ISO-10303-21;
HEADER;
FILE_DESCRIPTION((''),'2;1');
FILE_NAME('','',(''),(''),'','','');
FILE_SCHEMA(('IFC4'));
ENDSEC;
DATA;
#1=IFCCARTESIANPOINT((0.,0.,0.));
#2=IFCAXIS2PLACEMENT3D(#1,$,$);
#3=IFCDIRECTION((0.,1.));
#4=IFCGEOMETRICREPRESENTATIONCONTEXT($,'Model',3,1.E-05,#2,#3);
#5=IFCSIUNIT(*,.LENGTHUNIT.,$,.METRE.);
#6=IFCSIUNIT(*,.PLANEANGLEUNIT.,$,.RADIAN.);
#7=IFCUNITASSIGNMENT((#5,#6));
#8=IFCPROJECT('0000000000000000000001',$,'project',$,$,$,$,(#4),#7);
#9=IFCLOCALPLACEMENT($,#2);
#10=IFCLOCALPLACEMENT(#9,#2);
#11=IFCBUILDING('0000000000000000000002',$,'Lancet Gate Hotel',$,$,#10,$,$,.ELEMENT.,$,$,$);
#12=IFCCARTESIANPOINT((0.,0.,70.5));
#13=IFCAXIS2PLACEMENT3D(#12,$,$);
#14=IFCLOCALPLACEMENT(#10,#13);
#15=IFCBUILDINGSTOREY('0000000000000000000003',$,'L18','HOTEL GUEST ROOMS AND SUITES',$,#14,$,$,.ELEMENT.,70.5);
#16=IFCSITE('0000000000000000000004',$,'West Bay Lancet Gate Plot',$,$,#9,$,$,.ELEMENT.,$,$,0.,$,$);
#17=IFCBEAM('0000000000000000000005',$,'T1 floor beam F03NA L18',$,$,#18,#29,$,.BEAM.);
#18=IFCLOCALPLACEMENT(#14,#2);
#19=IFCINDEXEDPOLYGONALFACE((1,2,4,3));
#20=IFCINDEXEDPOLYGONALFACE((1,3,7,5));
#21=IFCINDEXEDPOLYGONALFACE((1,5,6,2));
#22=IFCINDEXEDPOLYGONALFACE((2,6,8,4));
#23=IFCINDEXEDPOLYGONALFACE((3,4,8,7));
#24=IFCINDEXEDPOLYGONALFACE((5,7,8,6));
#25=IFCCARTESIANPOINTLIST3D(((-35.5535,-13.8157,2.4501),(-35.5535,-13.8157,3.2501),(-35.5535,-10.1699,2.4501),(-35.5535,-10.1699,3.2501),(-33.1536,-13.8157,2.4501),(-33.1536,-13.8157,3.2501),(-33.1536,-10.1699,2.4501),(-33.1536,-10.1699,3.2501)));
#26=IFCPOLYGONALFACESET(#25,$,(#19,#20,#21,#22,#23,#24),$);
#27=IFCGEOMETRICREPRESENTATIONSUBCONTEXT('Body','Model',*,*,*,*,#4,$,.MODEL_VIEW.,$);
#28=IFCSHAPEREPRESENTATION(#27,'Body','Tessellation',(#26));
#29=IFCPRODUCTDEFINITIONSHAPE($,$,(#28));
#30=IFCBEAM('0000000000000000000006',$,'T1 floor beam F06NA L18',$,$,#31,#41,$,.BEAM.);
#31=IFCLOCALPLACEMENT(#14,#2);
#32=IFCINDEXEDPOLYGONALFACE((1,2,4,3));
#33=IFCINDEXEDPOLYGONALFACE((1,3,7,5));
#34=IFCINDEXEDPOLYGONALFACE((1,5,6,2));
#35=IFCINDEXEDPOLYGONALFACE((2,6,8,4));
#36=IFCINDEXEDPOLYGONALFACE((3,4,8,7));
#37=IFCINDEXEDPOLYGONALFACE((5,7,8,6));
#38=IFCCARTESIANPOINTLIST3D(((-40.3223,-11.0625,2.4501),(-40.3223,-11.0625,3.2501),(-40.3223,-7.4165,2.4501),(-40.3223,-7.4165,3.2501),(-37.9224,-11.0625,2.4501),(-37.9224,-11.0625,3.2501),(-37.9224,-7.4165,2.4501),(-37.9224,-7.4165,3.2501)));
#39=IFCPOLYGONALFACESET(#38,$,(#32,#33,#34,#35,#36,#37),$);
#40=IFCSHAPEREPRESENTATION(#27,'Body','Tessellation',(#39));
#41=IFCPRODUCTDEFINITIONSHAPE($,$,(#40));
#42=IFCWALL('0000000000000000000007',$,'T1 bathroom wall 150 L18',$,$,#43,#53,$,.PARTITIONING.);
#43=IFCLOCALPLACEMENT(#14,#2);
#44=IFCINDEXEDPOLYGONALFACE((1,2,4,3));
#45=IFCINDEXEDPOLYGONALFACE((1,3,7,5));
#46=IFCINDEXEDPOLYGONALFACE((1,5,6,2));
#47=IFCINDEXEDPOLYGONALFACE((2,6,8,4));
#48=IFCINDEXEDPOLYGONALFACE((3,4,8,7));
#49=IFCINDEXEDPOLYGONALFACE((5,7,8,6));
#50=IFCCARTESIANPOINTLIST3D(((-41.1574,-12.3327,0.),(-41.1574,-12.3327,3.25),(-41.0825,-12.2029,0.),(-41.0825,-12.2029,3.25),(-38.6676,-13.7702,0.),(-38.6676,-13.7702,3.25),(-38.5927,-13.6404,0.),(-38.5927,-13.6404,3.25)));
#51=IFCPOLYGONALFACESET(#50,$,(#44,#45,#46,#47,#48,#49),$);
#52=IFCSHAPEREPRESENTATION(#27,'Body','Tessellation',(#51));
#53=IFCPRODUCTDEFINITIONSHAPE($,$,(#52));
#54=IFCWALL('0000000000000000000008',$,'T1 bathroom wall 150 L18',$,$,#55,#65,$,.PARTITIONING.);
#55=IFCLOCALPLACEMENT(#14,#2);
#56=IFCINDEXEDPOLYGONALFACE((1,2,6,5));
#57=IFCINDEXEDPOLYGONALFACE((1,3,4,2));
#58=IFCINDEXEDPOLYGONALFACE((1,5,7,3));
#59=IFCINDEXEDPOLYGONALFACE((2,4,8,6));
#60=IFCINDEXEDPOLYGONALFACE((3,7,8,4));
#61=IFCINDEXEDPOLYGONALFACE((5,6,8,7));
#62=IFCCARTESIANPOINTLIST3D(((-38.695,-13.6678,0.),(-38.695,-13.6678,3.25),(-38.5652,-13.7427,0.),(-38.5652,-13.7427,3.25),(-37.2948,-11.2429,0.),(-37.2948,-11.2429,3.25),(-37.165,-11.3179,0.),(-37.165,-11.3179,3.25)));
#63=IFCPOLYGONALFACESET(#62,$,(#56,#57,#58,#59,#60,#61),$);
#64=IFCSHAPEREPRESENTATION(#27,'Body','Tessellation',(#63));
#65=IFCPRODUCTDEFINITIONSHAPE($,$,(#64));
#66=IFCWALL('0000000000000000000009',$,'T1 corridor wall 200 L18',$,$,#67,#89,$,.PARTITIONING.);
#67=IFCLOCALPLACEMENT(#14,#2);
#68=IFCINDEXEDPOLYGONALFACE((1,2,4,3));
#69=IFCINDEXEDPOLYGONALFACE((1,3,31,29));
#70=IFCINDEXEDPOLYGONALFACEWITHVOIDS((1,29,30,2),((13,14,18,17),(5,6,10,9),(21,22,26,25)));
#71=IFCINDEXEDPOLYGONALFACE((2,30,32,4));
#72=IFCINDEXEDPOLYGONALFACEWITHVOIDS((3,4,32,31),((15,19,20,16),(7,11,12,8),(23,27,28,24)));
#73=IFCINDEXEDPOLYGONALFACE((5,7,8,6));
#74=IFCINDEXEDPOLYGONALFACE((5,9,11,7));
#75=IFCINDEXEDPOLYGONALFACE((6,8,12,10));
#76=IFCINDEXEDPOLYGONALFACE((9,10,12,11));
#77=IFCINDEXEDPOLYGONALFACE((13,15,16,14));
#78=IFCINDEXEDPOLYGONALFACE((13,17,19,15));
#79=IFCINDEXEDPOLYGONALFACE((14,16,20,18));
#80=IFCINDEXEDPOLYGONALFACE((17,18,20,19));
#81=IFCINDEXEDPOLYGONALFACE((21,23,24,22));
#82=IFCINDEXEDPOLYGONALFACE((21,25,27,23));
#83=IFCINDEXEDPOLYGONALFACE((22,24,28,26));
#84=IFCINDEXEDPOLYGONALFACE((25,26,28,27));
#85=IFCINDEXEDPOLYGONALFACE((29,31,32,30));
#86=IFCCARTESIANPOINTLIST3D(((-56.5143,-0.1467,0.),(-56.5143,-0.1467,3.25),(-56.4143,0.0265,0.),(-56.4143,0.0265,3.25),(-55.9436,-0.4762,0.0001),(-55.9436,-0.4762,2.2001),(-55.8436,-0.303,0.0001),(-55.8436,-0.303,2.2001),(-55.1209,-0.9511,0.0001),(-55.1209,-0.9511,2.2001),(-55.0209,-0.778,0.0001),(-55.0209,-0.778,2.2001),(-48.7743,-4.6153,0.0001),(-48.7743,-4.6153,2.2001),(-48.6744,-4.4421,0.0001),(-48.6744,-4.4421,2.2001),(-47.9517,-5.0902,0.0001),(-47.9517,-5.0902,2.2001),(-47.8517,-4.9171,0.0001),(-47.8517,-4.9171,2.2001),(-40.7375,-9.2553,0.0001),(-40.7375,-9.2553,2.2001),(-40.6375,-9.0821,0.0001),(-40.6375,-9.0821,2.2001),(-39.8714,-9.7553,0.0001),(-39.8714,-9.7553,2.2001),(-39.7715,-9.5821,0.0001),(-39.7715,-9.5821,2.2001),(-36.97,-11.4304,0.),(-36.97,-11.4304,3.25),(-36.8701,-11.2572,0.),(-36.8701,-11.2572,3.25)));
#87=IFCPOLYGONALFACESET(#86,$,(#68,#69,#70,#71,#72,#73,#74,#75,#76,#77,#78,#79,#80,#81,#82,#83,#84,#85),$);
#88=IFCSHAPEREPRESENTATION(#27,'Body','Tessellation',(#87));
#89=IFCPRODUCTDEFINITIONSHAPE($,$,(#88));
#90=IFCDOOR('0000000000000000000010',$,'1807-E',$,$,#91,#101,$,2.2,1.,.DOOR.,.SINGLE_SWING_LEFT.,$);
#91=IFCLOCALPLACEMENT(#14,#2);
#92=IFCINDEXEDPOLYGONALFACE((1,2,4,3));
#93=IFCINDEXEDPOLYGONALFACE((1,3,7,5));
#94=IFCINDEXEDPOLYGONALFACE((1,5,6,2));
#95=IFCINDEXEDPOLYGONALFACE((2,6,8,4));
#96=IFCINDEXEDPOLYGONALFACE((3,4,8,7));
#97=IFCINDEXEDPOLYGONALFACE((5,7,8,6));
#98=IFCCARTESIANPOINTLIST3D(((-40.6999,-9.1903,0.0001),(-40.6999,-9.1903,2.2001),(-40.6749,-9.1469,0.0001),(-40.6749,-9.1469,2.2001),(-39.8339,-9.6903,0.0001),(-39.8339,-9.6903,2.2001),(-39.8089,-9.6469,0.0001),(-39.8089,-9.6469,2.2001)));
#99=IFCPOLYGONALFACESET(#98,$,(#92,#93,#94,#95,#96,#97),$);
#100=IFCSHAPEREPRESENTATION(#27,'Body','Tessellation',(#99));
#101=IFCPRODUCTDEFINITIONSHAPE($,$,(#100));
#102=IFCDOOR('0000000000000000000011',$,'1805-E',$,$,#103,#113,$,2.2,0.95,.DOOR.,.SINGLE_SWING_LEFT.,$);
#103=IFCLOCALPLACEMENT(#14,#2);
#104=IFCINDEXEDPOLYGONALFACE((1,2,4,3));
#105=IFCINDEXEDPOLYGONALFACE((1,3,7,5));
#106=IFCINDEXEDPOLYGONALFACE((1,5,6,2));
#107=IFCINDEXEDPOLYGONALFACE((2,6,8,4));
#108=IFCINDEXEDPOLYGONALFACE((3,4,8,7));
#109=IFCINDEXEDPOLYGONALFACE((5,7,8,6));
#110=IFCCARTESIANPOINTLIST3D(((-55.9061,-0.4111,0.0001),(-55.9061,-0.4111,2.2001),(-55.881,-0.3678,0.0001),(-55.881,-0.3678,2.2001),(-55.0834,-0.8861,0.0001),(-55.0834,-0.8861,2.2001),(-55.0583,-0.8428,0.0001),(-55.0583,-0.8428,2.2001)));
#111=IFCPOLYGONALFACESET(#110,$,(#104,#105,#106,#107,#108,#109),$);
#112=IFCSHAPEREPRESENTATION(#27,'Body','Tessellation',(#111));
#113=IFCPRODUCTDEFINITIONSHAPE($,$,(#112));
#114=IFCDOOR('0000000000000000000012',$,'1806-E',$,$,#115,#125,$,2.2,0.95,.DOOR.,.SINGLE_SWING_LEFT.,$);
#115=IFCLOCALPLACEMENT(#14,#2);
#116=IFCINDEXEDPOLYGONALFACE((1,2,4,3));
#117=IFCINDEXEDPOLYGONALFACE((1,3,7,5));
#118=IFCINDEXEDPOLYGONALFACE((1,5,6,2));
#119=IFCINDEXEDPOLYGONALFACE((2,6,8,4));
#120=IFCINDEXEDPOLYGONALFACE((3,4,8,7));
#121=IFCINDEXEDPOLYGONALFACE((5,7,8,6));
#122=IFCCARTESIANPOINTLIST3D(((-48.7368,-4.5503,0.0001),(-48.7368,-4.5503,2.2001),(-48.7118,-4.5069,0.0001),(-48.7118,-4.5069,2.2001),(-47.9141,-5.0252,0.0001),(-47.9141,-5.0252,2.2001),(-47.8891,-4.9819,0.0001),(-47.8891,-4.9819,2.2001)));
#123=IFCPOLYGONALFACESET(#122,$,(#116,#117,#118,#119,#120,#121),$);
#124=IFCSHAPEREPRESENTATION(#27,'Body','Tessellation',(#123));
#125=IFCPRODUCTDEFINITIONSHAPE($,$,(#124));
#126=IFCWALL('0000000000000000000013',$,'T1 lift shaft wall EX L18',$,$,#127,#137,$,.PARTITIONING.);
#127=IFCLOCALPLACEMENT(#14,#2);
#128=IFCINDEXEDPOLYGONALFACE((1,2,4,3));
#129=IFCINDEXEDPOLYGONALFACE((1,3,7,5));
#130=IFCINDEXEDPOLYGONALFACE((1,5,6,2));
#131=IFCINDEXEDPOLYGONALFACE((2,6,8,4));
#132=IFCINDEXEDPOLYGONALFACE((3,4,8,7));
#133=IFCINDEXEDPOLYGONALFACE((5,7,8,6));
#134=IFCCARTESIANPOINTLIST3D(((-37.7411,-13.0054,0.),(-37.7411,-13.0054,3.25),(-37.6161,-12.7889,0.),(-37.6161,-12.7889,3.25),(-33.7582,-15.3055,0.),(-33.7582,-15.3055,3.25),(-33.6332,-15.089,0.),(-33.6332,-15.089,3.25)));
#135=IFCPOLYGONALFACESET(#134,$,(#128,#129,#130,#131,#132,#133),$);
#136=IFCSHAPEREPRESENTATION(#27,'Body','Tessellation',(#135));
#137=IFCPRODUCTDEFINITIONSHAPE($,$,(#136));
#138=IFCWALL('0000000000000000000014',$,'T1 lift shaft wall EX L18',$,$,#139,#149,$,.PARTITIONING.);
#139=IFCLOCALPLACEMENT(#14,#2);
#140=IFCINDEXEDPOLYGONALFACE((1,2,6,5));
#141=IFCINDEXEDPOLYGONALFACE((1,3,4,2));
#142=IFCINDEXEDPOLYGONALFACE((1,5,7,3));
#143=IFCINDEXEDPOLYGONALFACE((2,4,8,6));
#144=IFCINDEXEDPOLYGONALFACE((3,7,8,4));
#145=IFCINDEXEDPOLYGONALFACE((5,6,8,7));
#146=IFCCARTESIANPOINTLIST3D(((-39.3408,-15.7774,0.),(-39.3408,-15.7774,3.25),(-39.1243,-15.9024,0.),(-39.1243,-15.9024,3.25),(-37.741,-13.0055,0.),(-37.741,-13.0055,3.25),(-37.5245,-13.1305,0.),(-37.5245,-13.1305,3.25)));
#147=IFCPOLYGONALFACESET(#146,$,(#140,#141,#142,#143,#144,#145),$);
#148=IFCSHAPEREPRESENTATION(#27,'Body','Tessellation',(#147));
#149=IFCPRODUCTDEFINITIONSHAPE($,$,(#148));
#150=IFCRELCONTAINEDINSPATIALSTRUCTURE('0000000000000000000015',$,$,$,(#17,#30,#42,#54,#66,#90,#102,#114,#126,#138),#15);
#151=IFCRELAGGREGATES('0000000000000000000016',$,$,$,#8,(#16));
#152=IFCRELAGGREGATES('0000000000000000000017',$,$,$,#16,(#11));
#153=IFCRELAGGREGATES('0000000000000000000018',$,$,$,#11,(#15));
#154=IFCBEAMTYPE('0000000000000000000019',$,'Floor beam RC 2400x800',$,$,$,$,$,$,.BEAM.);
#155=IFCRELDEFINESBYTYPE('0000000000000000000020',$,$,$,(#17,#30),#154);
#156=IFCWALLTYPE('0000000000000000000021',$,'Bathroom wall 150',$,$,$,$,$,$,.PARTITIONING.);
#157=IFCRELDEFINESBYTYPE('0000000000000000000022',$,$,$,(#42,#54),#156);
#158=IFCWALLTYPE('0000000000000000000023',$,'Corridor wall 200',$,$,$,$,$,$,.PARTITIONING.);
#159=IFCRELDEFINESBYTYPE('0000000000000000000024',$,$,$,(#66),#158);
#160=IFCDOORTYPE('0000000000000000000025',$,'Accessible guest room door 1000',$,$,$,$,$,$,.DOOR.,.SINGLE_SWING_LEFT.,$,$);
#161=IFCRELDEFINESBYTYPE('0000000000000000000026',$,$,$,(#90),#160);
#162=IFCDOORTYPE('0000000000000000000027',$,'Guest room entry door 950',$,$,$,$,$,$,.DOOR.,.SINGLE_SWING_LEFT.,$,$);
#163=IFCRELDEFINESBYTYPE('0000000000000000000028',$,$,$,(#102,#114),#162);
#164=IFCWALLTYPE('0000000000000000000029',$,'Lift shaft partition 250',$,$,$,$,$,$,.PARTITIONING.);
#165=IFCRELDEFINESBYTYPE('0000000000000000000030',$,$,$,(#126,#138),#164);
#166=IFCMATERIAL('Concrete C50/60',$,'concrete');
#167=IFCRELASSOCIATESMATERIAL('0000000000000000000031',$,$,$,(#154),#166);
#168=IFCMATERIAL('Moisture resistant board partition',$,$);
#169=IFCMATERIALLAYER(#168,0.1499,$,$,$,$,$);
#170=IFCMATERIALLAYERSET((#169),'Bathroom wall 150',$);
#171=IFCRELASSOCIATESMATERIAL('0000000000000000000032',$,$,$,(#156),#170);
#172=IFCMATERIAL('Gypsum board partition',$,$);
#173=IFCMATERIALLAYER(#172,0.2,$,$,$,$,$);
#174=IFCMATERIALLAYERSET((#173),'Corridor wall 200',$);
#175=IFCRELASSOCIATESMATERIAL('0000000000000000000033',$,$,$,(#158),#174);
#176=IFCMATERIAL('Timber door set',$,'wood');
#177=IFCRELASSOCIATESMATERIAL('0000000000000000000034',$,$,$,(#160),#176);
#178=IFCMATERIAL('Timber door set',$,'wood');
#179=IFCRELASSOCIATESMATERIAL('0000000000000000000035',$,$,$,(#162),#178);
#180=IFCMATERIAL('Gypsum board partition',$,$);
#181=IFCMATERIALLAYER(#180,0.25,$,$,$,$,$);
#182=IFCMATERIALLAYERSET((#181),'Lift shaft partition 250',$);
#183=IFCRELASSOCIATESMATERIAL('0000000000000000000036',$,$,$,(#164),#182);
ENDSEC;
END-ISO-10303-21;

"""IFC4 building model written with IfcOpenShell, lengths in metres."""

from ifc_helpers import new_model, si_unit, direction, frame, frame_2d, origin, origin_2d, place, context, subcontext, project, spatial, rectangle, extrude, material, layer, layer_set, material_profile, profile_set, type_object, element, fill, save


model = new_model("IFC4")

# Units and contexts
model_context = context("Model", 3, precision=1e-05, world=origin(), true_north=direction((0.0, 1.0)))
body_context = subcontext(model_context, "Body", "Model", "MODEL_VIEW")
ifc_project = project(units=[si_unit("LENGTHUNIT", "METRE"), si_unit("PLANEANGLEUNIT", "RADIAN")], contexts=[model_context])

# Site, building, storey
site_placement = place(None, origin())
site = spatial("IfcSite", under=ifc_project, at=site_placement, Name="West Bay Lancet Gate Plot", CompositionType="ELEMENT", RefElevation=0.0)
building_placement = place(site_placement, origin())
building = spatial("IfcBuilding", under=site, at=building_placement, Name="Lancet Gate Hotel", CompositionType="ELEMENT")
storey_placement = place(building_placement, frame((0.0, 0.0, 70.5)))
storey = spatial("IfcBuildingStorey", under=building, at=storey_placement, Name="L18", Description="HOTEL GUEST ROOMS AND SUITES", CompositionType="ELEMENT", Elevation=70.5)

# Beams
ifc_material_1 = material(Name="Concrete C50/60", Category="concrete")
ifc_material_profile = material_profile(ifc_material_1, rectangle(XDim=2.3999, YDim=0.8, at=origin_2d()), Name="RC 2400x800")
ifc_profile_set = profile_set([ifc_material_profile], Name="Concrete C50/60")
beam_type = type_object("IfcBeamType", Name="Floor beam RC 2400x800", PredefinedType="BEAM", material=ifc_profile_set)
beam_1_placement = place(storey_placement, frame((-34.3535, -10.1699, 2.8501), z_axis=(0.0, -1.0, 0.0), x_axis=(1.0, 0.0, 0.0)))
element("IfcBeam", 1, at=beam_1_placement, inside=storey, type_object=beam_type, Name="T1 floor beam F03NA L18", PredefinedType="BEAM", context=body_context, shape_type="SweptSolid", body=[
    extrude(rectangle(XDim=2.3999, YDim=0.8, at=origin_2d()), origin(), (0.0, 0.0, 1.0), 3.6458),
])
beam_2_placement = place(storey_placement, frame((-39.1223, -7.4165, 2.8501), z_axis=(0.0, -1.0, 0.0), x_axis=(1.0, 0.0, 0.0)))
element("IfcBeam", 2, at=beam_2_placement, inside=storey, type_object=beam_type, Name="T1 floor beam F06NA L18", PredefinedType="BEAM", context=body_context, shape_type="SweptSolid", body=[
    extrude(rectangle(XDim=2.3999, YDim=0.8, at=origin_2d()), origin(), (0.0, 0.0, 1.0), 3.646),
])

# Walls
ifc_material_2 = material(Name="Moisture resistant board partition")
ifc_layer_1 = layer(ifc_material_2, 0.1499)
ifc_layer_set_1 = layer_set([ifc_layer_1], Name="Bathroom wall 150")
wall_type_1 = type_object("IfcWallType", Name="Bathroom wall 150", PredefinedType="PARTITIONING", material=ifc_layer_set_1)
wall_1_placement = place(storey_placement, frame((-38.6301, -13.7053, 0.0), z_axis=(0.0, 0.0, 1.0), x_axis=(-0.866019, 0.500012, 0.0)))
element("IfcWall", 3, at=wall_1_placement, inside=storey, type_object=wall_type_1, Name="T1 bathroom wall 150 L18", PredefinedType="PARTITIONING", context=body_context, shape_type="SweptSolid", body=[
    extrude(rectangle(XDim=2.875, YDim=0.1499, at=frame_2d((1.4375, 0.0))), origin(), (0.0, 0.0, 1.0), 3.25),
])
wall_2_placement = place(storey_placement, frame((-37.23, -11.2805, 0.0), z_axis=(0.0, 0.0, 1.0), x_axis=(-0.50005, -0.865997, 0.0)))
element("IfcWall", 4, at=wall_2_placement, inside=storey, type_object=wall_type_1, Name="T1 bathroom wall 150 L18", PredefinedType="PARTITIONING", context=body_context, shape_type="SweptSolid", body=[
    extrude(rectangle(XDim=2.8, YDim=0.1499, at=frame_2d((1.3999, 0.0))), origin(), (0.0, 0.0, 1.0), 3.25),
])

# Wall, openings, doors
ifc_material_3 = material(Name="Gypsum board partition")
ifc_layer_2 = layer(ifc_material_3, 0.2)
ifc_layer_set_2 = layer_set([ifc_layer_2], Name="Corridor wall 200")
wall_type_2 = type_object("IfcWallType", Name="Corridor wall 200", PredefinedType="PARTITIONING", material=ifc_layer_set_2)
wall_3_placement = place(storey_placement, frame((-36.9202, -11.3438, 0.0), z_axis=(0.0, 0.0, 1.0), x_axis=(-0.866028, 0.499995, 0.0)))
wall_3 = element("IfcWall", 5, at=wall_3_placement, inside=storey, type_object=wall_type_2, Name="T1 corridor wall 200 L18", PredefinedType="PARTITIONING", context=body_context, shape_type="SweptSolid", body=[
    extrude(rectangle(XDim=22.5676, YDim=0.2, at=frame_2d((11.2837, 0.0))), origin(), (0.0, 0.0, 1.0), 3.25),
])
opening_1_placement = place(wall_3_placement, frame((20.9585, 0.0, 0.0)))
opening_1 = element("IfcOpeningElement", 6, at=opening_1_placement, cuts=wall_3, PredefinedType="OPENING", context=body_context, shape_type="SweptSolid", body=[
    extrude(rectangle(XDim=0.95, YDim=2.2, at=frame_2d((0.4751, 1.1001))), frame((0.0, 0.1099, 0.0), z_axis=(0.0, -1.0, 0.0), x_axis=(1.0, 0.0, 0.0)), (0.0, 0.0, 1.0), 0.22),
])
opening_2_placement = place(wall_3_placement, frame((12.6802, 0.0, 0.0)))
opening_2 = element("IfcOpeningElement", 7, at=opening_2_placement, cuts=wall_3, PredefinedType="OPENING", context=body_context, shape_type="SweptSolid", body=[
    extrude(rectangle(XDim=0.95, YDim=2.2, at=frame_2d((0.4751, 1.1001))), frame((0.0, 0.1099, 0.0), z_axis=(0.0, -1.0, 0.0), x_axis=(1.0, 0.0, 0.0)), (0.0, 0.0, 1.0), 0.22),
])
opening_3_placement = place(wall_3_placement, frame((3.3501, 0.0, 0.0)))
opening_3 = element("IfcOpeningElement", 8, at=opening_3_placement, cuts=wall_3, PredefinedType="OPENING", context=body_context, shape_type="SweptSolid", body=[
    extrude(rectangle(XDim=1.0, YDim=2.2, at=frame_2d((0.5, 1.1001))), frame((0.0, 0.1099, 0.0), z_axis=(0.0, -1.0, 0.0), x_axis=(1.0, 0.0, 0.0)), (0.0, 0.0, 1.0), 0.22),
])
ifc_material_4 = material(Name="Timber door set", Category="wood")
door_type_1 = type_object("IfcDoorType", Name="Accessible guest room door 1000", OperationType="SINGLE_SWING_LEFT", PredefinedType="DOOR", material=ifc_material_4)
door_1_placement = place(opening_3_placement, origin())
door_1 = element("IfcDoor", 9, at=door_1_placement, inside=storey, type_object=door_type_1, Name="1807-E", OperationType="SINGLE_SWING_LEFT", OverallHeight=2.2, OverallWidth=1.0, PredefinedType="DOOR", context=body_context, shape_type="SweptSolid", body=[
    extrude(rectangle(XDim=1.0, YDim=2.2, at=frame_2d((0.5, 1.1001))), frame((0.0, 0.0249, 0.0), z_axis=(0.0, -1.0, 0.0), x_axis=(1.0, 0.0, 0.0)), (0.0, 0.0, 1.0), 0.05),
])
fill(opening_3, door_1)
ifc_material_5 = material(Name="Timber door set", Category="wood")
door_type_2 = type_object("IfcDoorType", Name="Guest room entry door 950", OperationType="SINGLE_SWING_LEFT", PredefinedType="DOOR", material=ifc_material_5)
door_2_placement = place(opening_1_placement, origin())
door_2 = element("IfcDoor", 10, at=door_2_placement, inside=storey, type_object=door_type_2, Name="1805-E", OperationType="SINGLE_SWING_LEFT", OverallHeight=2.2, OverallWidth=0.95, PredefinedType="DOOR", context=body_context, shape_type="SweptSolid", body=[
    extrude(rectangle(XDim=0.95, YDim=2.2, at=frame_2d((0.4751, 1.1001))), frame((0.0, 0.0249, 0.0), z_axis=(0.0, -1.0, 0.0), x_axis=(1.0, 0.0, 0.0)), (0.0, 0.0, 1.0), 0.05),
])
fill(opening_1, door_2)
door_3_placement = place(opening_2_placement, origin())
door_3 = element("IfcDoor", 11, at=door_3_placement, inside=storey, type_object=door_type_2, Name="1806-E", OperationType="SINGLE_SWING_LEFT", OverallHeight=2.2, OverallWidth=0.95, PredefinedType="DOOR", context=body_context, shape_type="SweptSolid", body=[
    extrude(rectangle(XDim=0.95, YDim=2.2, at=frame_2d((0.4751, 1.1001))), frame((0.0, 0.0249, 0.0), z_axis=(0.0, -1.0, 0.0), x_axis=(1.0, 0.0, 0.0)), (0.0, 0.0, 1.0), 0.05),
])
fill(opening_2, door_3)

# Walls
ifc_material_6 = material(Name="Gypsum board partition")
ifc_layer_3 = layer(ifc_material_6, 0.25)
ifc_layer_set_3 = layer_set([ifc_layer_3], Name="Lift shaft partition 250")
wall_type_3 = type_object("IfcWallType", Name="Lift shaft partition 250", PredefinedType="PARTITIONING", material=ifc_layer_set_3)
wall_4_placement = place(storey_placement, frame((-33.6956, -15.1973, 0.0), z_axis=(0.0, 0.0, 1.0), x_axis=(-0.865977, 0.500084, 0.0)))
element("IfcWall", 12, at=wall_4_placement, inside=storey, type_object=wall_type_3, Name="T1 lift shaft wall EX L18", PredefinedType="PARTITIONING", context=body_context, shape_type="SweptSolid", body=[
    extrude(rectangle(XDim=4.5994, YDim=0.25, at=frame_2d((2.2998, 0.0))), origin(), (0.0, 0.0, 1.0), 3.25),
])
wall_5_placement = place(storey_placement, frame((-37.6328, -13.0681, 0.0), z_axis=(0.0, 0.0, 1.0), x_axis=(-0.499872, -0.866099, 0.0)))
element("IfcWall", 13, at=wall_5_placement, inside=storey, type_object=wall_type_3, Name="T1 lift shaft wall EX L18", PredefinedType="PARTITIONING", context=body_context, shape_type="SweptSolid", body=[
    extrude(rectangle(XDim=3.2004, YDim=0.25, at=frame_2d((1.6001, 0.0))), origin(), (0.0, 0.0, 1.0), 3.25),
])

save(model, "model.ifc")
